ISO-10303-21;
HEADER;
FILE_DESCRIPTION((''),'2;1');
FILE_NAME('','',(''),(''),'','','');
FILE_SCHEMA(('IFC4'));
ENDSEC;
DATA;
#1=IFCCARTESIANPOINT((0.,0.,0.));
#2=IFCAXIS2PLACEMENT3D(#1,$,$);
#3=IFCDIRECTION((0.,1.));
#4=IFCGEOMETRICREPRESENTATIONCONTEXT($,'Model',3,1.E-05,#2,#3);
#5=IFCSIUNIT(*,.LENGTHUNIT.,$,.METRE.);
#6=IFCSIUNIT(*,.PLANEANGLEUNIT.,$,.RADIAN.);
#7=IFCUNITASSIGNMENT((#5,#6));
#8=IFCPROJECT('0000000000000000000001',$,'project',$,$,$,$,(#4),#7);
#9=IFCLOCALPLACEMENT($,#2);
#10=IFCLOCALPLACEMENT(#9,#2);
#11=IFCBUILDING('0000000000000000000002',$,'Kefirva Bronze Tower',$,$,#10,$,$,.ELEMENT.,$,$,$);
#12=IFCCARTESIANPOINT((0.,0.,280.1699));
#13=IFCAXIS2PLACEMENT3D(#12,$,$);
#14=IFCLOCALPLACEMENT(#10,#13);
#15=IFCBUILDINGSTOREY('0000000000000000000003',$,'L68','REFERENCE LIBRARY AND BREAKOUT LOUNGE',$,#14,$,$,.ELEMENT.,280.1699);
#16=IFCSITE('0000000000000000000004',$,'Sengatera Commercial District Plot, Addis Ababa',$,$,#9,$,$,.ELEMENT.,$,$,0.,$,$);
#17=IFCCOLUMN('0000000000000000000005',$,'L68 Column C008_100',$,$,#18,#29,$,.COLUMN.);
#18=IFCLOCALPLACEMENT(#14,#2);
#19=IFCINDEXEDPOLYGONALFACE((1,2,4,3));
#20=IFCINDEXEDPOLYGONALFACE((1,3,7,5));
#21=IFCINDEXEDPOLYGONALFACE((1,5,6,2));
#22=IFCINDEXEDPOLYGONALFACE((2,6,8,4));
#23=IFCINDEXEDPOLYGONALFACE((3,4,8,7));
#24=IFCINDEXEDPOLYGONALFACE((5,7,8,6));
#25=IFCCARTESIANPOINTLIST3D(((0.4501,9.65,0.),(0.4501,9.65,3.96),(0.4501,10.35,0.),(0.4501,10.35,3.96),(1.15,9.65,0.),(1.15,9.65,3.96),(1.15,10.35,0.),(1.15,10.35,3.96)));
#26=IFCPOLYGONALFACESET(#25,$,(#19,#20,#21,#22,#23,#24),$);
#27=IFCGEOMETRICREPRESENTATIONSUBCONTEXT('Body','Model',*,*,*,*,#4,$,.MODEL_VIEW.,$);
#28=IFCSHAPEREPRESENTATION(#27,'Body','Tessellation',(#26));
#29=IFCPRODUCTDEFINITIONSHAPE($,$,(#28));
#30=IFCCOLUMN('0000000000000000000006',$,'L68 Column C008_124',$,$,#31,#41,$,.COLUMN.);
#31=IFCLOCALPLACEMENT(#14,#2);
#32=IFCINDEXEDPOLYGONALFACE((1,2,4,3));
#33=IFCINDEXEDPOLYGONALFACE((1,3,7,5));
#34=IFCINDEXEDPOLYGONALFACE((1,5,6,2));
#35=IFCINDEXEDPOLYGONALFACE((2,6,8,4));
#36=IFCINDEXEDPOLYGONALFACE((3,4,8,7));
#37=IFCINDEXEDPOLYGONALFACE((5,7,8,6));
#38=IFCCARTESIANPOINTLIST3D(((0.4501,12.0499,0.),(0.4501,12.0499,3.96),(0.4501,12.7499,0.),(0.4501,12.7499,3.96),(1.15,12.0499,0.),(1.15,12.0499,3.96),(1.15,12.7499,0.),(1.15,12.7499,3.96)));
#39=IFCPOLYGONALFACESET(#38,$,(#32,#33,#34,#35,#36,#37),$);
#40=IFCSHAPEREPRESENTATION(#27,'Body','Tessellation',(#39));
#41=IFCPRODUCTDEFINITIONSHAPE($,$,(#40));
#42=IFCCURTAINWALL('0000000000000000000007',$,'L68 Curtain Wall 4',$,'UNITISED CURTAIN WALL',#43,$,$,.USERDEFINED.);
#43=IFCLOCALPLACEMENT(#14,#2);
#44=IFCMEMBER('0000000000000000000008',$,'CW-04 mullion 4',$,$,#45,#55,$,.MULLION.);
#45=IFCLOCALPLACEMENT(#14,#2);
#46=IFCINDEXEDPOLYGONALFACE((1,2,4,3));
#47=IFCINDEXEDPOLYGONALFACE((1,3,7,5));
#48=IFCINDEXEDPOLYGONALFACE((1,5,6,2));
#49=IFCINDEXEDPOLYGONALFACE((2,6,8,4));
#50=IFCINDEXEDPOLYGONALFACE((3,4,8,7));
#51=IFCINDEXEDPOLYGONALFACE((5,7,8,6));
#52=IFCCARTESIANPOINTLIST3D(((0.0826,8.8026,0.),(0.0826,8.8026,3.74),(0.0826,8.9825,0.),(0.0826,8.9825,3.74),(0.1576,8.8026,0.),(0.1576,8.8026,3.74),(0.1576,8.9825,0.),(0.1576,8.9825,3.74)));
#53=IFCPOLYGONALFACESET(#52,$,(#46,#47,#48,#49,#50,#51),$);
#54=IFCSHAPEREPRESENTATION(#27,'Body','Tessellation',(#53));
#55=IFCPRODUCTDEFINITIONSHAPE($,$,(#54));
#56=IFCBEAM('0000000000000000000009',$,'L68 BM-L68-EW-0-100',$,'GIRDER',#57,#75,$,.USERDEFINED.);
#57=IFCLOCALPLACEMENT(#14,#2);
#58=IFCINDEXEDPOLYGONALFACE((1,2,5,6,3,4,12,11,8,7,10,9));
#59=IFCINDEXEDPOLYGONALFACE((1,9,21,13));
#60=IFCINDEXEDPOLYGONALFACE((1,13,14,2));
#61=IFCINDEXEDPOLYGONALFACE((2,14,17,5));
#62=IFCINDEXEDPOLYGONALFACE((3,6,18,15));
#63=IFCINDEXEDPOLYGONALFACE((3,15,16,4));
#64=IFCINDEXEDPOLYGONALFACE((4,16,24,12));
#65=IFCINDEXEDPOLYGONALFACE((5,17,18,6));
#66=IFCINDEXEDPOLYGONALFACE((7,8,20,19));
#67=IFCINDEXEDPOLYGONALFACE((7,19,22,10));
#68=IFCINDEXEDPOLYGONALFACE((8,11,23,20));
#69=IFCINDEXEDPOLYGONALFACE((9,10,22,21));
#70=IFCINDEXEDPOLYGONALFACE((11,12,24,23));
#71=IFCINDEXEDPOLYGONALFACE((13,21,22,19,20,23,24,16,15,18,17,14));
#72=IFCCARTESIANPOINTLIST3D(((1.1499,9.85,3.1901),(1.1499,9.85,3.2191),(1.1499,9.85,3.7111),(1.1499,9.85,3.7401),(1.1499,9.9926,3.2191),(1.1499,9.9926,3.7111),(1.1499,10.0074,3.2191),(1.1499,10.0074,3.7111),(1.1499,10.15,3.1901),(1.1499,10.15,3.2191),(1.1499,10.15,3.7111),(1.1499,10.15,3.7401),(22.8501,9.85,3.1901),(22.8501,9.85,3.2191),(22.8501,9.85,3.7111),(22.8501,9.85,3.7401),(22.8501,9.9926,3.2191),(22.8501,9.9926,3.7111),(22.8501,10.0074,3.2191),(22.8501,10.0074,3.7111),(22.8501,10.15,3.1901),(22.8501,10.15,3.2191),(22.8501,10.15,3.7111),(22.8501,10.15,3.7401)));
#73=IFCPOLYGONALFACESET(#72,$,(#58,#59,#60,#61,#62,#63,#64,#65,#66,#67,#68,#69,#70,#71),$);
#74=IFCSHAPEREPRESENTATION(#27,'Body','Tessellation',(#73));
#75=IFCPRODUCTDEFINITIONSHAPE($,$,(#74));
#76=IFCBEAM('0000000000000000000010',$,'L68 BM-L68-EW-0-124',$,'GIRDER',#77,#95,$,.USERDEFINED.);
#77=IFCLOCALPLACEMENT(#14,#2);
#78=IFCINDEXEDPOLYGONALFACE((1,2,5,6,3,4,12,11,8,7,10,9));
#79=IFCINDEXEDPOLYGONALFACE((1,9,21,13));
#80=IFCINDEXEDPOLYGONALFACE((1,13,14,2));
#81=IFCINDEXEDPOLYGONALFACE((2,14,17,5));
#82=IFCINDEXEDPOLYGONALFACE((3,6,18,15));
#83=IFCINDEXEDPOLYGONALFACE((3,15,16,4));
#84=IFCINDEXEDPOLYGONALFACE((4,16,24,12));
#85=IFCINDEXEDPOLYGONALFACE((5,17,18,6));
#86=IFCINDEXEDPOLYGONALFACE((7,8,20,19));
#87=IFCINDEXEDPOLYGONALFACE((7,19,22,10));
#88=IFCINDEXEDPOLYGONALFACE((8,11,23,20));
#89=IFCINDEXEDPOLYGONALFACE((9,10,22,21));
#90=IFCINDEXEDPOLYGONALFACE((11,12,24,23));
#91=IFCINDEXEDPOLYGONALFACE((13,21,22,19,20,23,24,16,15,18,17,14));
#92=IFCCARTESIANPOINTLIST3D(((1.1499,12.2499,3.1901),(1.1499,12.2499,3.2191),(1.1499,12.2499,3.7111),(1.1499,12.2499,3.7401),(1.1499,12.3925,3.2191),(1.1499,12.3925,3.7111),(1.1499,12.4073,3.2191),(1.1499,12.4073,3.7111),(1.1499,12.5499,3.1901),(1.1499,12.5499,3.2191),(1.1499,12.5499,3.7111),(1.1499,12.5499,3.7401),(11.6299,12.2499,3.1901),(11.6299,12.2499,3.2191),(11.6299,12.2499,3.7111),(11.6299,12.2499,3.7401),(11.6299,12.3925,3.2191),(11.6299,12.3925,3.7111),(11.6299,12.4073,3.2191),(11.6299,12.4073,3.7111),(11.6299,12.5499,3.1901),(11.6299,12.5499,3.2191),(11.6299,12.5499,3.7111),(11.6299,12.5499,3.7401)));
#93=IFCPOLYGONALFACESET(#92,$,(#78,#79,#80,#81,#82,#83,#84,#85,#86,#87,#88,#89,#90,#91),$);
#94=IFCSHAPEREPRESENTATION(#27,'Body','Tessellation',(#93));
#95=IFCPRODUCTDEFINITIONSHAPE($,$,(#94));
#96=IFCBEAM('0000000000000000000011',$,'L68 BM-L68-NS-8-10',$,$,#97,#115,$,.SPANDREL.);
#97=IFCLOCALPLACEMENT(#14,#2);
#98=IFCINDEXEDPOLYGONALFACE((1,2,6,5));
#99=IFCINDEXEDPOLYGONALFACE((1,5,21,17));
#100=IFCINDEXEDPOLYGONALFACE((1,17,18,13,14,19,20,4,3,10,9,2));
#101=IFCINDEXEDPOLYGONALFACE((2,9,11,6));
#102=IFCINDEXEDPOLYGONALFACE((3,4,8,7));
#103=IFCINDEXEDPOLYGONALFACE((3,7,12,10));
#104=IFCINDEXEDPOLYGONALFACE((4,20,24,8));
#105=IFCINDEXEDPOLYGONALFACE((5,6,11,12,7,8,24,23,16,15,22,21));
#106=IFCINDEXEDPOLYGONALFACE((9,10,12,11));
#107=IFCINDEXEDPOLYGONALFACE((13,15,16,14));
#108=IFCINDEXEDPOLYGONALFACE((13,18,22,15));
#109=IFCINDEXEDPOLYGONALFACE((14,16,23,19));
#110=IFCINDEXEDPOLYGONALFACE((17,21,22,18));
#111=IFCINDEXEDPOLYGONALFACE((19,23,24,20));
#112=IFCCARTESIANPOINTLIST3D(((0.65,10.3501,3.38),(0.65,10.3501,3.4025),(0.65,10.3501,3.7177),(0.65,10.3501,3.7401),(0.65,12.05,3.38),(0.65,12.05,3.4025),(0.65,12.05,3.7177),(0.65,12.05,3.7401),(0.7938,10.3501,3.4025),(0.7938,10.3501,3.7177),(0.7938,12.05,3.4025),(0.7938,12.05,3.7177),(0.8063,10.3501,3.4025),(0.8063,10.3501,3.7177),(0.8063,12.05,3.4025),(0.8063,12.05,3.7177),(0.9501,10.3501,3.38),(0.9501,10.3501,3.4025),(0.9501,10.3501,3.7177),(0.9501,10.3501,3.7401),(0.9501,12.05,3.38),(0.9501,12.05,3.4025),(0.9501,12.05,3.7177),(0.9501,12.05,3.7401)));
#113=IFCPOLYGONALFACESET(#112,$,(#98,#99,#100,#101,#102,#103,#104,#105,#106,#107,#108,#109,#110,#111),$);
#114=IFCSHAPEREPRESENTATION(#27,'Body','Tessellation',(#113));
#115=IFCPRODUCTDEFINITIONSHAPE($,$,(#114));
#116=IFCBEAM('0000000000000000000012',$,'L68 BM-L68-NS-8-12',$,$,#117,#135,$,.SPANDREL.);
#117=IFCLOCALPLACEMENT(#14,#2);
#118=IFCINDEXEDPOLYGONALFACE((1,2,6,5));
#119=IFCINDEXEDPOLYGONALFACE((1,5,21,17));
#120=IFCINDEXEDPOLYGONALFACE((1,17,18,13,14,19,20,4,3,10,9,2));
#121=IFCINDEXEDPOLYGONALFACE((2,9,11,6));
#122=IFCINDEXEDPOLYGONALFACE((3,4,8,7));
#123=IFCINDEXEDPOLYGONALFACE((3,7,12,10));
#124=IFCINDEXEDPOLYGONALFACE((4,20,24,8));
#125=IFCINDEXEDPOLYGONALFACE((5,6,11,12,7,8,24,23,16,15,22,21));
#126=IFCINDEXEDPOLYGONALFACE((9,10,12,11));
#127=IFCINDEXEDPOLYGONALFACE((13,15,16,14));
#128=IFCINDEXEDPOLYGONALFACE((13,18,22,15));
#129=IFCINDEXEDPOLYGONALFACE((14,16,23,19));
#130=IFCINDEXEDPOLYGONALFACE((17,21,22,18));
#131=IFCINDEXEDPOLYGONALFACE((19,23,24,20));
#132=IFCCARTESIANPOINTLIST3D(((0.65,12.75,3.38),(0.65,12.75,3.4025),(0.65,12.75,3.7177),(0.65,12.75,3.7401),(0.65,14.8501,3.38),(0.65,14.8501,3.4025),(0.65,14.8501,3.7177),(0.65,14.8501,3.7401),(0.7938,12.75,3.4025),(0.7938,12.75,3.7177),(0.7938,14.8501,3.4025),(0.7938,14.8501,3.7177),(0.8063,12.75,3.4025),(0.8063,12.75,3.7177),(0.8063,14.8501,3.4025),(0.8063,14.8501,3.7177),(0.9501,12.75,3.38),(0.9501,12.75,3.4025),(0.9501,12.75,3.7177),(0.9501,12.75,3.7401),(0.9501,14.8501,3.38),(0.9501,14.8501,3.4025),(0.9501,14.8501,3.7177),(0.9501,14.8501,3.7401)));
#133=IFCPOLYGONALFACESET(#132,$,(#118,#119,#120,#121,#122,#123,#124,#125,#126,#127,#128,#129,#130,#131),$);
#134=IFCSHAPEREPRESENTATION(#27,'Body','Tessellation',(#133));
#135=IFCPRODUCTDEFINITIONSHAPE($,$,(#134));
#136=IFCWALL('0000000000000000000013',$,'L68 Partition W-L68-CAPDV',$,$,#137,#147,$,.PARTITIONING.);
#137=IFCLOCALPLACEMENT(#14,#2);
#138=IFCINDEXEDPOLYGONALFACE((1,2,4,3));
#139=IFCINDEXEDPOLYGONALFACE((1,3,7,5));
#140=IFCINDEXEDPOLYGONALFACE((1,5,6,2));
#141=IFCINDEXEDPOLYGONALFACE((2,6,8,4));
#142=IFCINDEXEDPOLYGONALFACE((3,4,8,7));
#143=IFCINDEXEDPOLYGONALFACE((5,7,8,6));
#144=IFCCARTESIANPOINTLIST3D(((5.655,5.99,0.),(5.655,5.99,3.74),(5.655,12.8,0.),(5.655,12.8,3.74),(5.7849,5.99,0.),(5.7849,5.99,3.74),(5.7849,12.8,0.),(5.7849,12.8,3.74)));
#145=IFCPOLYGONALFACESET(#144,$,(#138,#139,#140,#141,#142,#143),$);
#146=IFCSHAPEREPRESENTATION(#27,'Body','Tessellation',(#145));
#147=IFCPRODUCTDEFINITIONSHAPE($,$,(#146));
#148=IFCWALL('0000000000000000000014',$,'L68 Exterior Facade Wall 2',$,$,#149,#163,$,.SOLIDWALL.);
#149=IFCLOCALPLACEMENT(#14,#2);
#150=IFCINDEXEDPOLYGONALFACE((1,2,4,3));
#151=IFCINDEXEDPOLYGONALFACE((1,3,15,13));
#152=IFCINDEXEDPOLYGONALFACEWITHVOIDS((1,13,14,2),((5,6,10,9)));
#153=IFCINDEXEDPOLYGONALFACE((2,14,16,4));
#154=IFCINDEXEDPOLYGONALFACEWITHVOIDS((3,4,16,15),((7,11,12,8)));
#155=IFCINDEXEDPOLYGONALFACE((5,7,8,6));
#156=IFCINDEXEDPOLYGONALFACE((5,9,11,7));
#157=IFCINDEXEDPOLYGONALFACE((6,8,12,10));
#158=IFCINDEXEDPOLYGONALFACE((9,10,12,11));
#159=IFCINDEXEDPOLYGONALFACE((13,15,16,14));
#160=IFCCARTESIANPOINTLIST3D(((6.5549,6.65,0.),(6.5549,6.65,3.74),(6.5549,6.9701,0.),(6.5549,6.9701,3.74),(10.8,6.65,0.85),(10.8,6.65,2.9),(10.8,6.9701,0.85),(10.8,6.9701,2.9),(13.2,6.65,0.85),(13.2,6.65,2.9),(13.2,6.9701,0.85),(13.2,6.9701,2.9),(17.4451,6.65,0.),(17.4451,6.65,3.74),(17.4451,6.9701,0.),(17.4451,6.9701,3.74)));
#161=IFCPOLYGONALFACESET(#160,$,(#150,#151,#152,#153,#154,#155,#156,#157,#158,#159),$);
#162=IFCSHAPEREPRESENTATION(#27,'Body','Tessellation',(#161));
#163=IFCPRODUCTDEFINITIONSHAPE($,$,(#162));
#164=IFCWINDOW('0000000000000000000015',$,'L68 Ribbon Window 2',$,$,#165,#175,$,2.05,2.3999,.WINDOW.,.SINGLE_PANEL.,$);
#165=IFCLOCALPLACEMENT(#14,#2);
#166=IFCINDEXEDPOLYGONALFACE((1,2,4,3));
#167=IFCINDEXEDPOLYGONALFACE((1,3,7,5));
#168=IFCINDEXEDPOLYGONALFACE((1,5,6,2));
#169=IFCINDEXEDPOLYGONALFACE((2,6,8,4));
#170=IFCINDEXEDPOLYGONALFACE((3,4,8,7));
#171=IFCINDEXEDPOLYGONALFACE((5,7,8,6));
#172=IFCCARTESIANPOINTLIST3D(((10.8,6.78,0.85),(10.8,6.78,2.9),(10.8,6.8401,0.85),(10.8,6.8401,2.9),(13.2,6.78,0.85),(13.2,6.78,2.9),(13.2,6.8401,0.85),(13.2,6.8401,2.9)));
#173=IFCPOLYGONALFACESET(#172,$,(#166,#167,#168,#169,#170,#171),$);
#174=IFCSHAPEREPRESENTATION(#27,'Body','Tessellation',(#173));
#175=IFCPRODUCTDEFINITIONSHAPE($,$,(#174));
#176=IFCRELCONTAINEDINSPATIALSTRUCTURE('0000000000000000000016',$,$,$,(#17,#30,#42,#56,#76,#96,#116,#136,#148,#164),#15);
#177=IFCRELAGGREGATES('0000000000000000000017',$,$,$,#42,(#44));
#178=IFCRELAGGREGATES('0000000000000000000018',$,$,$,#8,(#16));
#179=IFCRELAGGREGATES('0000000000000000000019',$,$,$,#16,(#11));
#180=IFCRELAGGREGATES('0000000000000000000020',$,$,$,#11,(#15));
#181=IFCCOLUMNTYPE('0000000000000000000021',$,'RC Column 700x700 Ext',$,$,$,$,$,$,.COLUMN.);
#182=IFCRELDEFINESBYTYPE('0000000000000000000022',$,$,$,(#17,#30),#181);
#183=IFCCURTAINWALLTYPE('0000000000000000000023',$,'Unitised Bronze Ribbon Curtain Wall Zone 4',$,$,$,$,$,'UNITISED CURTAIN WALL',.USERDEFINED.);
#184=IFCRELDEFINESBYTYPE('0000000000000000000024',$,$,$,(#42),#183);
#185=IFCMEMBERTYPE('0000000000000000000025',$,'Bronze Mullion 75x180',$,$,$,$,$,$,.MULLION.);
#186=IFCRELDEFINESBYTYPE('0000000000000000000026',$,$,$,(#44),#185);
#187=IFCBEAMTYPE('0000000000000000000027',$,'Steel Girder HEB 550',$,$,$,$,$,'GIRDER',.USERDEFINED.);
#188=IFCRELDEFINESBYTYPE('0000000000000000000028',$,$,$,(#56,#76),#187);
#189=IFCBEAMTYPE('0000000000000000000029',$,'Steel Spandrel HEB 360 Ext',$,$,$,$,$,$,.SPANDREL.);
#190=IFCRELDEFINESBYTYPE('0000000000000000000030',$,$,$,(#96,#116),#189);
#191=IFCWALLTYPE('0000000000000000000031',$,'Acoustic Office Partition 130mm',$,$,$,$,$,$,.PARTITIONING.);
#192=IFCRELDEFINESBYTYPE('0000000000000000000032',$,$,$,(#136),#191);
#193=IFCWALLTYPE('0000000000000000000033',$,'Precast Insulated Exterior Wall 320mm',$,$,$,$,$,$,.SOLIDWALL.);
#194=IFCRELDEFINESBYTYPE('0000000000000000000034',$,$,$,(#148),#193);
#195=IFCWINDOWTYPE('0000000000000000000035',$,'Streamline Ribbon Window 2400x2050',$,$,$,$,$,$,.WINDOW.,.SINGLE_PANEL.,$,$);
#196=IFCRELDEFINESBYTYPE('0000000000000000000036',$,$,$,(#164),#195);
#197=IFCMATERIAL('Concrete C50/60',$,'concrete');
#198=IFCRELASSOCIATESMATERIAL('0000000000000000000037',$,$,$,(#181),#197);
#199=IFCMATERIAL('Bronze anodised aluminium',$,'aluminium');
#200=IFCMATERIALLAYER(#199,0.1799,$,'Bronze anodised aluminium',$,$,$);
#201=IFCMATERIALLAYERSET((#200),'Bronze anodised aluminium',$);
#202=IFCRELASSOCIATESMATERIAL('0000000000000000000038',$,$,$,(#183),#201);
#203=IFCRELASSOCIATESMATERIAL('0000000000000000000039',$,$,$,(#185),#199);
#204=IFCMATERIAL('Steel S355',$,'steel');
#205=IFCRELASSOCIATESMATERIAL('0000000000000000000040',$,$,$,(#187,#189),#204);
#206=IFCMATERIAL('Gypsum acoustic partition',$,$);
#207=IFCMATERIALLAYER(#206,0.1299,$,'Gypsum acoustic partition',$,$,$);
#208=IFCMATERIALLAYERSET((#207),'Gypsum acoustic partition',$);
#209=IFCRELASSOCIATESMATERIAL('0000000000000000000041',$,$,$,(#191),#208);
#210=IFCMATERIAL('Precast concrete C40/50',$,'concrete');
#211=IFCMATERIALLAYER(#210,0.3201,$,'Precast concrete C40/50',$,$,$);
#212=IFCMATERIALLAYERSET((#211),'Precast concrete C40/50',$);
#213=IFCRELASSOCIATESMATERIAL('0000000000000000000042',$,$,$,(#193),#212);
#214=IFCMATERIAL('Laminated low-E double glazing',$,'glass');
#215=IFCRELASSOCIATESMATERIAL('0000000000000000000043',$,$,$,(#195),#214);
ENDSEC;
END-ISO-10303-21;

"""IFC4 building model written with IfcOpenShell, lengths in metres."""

from ifc_helpers import new_model, si_unit, direction, frame, frame_2d, origin, origin_2d, place, context, subcontext, project, spatial, rectangle, i_section, extrude, material, layer, layer_set, material_profile, profile_set, type_object, element, fill, aggregate, save


model = new_model("IFC4")

# Units and contexts
model_context = context("Model", 3, precision=1e-05, world=origin(), true_north=direction((0.0, 1.0)))
body_context = subcontext(model_context, "Body", "Model", "MODEL_VIEW")
ifc_project = project(units=[si_unit("LENGTHUNIT", "METRE"), si_unit("PLANEANGLEUNIT", "RADIAN")], contexts=[model_context])

# Site, building, storey
site_placement = place(None, origin())
site = spatial("IfcSite", under=ifc_project, at=site_placement, Name="Sengatera Commercial District Plot, Addis Ababa", CompositionType="ELEMENT", RefElevation=0.0)
building_placement = place(site_placement, origin())
building = spatial("IfcBuilding", under=site, at=building_placement, Name="Kefirva Bronze Tower", CompositionType="ELEMENT")
storey_placement = place(building_placement, frame((0.0, 0.0, 280.1699)))
storey = spatial("IfcBuildingStorey", under=building, at=storey_placement, Name="L68", Description="REFERENCE LIBRARY AND BREAKOUT LOUNGE", CompositionType="ELEMENT", Elevation=280.1699)

# Columns
ifc_material_1 = material(Name="Concrete C50/60", Category="concrete")
ifc_material_profile_1 = material_profile(ifc_material_1, rectangle(XDim=0.7, YDim=0.7, at=origin_2d()), Name="RC 700x700")
ifc_profile_set_1 = profile_set([ifc_material_profile_1], Name="Concrete C50/60")
column_type = type_object("IfcColumnType", Name="RC Column 700x700 Ext", PredefinedType="COLUMN", material=ifc_profile_set_1)
for number, where, z_axis, x_axis, name in (
    (1, (0.8, 10.0, 0.0), (0.0, 0.0, 1.0), (1.0, 0.0, 0.0), "L68 Column C008_100"),
    (2, (0.8, 12.3999, 0.0), (0.0, 0.0, 1.0), (1.0, 0.0, 0.0), "L68 Column C008_124"),
):
    element("IfcColumn", number, at=place(storey_placement, frame(where, z_axis=z_axis, x_axis=x_axis)), inside=storey, type_object=column_type, Name=name, PredefinedType="COLUMN", context=body_context, shape_type="SweptSolid", body=[
        extrude(rectangle(XDim=0.7, YDim=0.7, at=origin_2d()), origin(), (0.0, 0.0, 1.0), 3.96),
    ])

# Curtain wall, member
ifc_material_2 = material(Name="Bronze anodised aluminium", Category="aluminium")
ifc_layer_1 = layer(ifc_material_2, 0.1799, Name="Bronze anodised aluminium")
ifc_layer_set_1 = layer_set([ifc_layer_1], Name="Bronze anodised aluminium")
curtain_wall_type = type_object("IfcCurtainWallType", Name="Unitised Bronze Ribbon Curtain Wall Zone 4", ElementType="UNITISED CURTAIN WALL", PredefinedType="USERDEFINED", material=ifc_layer_set_1)
curtain_wall_placement = place(storey_placement, origin())
curtain_wall = element("IfcCurtainWall", 3, at=curtain_wall_placement, inside=storey, type_object=curtain_wall_type, Name="L68 Curtain Wall 4", ObjectType="UNITISED CURTAIN WALL", PredefinedType="USERDEFINED")
ifc_material_profile_2 = material_profile(ifc_material_2, rectangle(XDim=0.075, YDim=0.1799, at=origin_2d()), Name="ALU 75x180")
ifc_profile_set_2 = profile_set([ifc_material_profile_2], Name="Bronze anodised aluminium")
member_type = type_object("IfcMemberType", Name="Bronze Mullion 75x180", PredefinedType="MULLION", material=ifc_profile_set_2)
member_placement = place(storey_placement, frame((0.1201, 8.8926, 0.0), z_axis=(0.0, 0.0, 1.0), x_axis=(1.0, 0.0, 0.0)))
member = element("IfcMember", 4, at=member_placement, type_object=member_type, Name="CW-04 mullion 4", PredefinedType="MULLION", context=body_context, shape_type="SweptSolid", body=[
    extrude(rectangle(XDim=0.075, YDim=0.1799, at=origin_2d()), origin(), (0.0, 0.0, 1.0), 3.74),
])
aggregate(curtain_wall, [member])

# Beams
ifc_material_3 = material(Name="Steel S355", Category="steel")
ifc_material_profile_3 = material_profile(ifc_material_3, i_section(OverallWidth=0.3, OverallDepth=0.55, WebThickness=0.0149, FlangeThickness=0.0291, at=origin_2d()), Name="HEB 550")
ifc_profile_set_3 = profile_set([ifc_material_profile_3], Name="Steel S355")
beam_type_1 = type_object("IfcBeamType", Name="Steel Girder HEB 550", ElementType="GIRDER", PredefinedType="USERDEFINED", material=ifc_profile_set_3)
beam_1_placement = place(storey_placement, frame((1.1499, 10.0, 3.4651), z_axis=(1.0, 0.0, 0.0), x_axis=(0.0, 1.0, 0.0)))
element("IfcBeam", 5, at=beam_1_placement, inside=storey, type_object=beam_type_1, Name="L68 BM-L68-EW-0-100", ObjectType="GIRDER", PredefinedType="USERDEFINED", context=body_context, shape_type="SweptSolid", body=[
    extrude(i_section(OverallWidth=0.3, OverallDepth=0.55, WebThickness=0.0149, FlangeThickness=0.0291, at=origin_2d()), origin(), (0.0, 0.0, 1.0), 21.7002),
])
beam_2_placement = place(storey_placement, frame((1.1499, 12.3999, 3.4651), z_axis=(1.0, 0.0, 0.0), x_axis=(0.0, 1.0, 0.0)))
element("IfcBeam", 6, at=beam_2_placement, inside=storey, type_object=beam_type_1, Name="L68 BM-L68-EW-0-124", ObjectType="GIRDER", PredefinedType="USERDEFINED", context=body_context, shape_type="SweptSolid", body=[
    extrude(i_section(OverallWidth=0.3, OverallDepth=0.55, WebThickness=0.0149, FlangeThickness=0.0291, at=origin_2d()), origin(), (0.0, 0.0, 1.0), 10.48),
])
ifc_material_profile_4 = material_profile(ifc_material_3, i_section(OverallWidth=0.3, OverallDepth=0.3601, WebThickness=0.0125, FlangeThickness=0.0225, at=origin_2d()), Name="HEB 360")
ifc_profile_set_4 = profile_set([ifc_material_profile_4], Name="Steel S355")
beam_type_2 = type_object("IfcBeamType", Name="Steel Spandrel HEB 360 Ext", PredefinedType="SPANDREL", material=ifc_profile_set_4)
beam_3_placement = place(storey_placement, frame((0.8, 10.3501, 3.5601), z_axis=(0.0, 1.0, 0.0), x_axis=(-1.0, 0.0, 0.0)))
element("IfcBeam", 7, at=beam_3_placement, inside=storey, type_object=beam_type_2, Name="L68 BM-L68-NS-8-10", PredefinedType="SPANDREL", context=body_context, shape_type="SweptSolid", body=[
    extrude(i_section(OverallWidth=0.3, OverallDepth=0.3601, WebThickness=0.0125, FlangeThickness=0.0225, at=origin_2d()), origin(), (0.0, 0.0, 1.0), 1.7),
])
beam_4_placement = place(storey_placement, frame((0.8, 12.75, 3.5601), z_axis=(0.0, 1.0, 0.0), x_axis=(-1.0, 0.0, 0.0)))
element("IfcBeam", 8, at=beam_4_placement, inside=storey, type_object=beam_type_2, Name="L68 BM-L68-NS-8-12", PredefinedType="SPANDREL", context=body_context, shape_type="SweptSolid", body=[
    extrude(i_section(OverallWidth=0.3, OverallDepth=0.3601, WebThickness=0.0125, FlangeThickness=0.0225, at=origin_2d()), origin(), (0.0, 0.0, 1.0), 2.1001),
])

# Wall
ifc_material_4 = material(Name="Gypsum acoustic partition")
ifc_layer_2 = layer(ifc_material_4, 0.1299, Name="Gypsum acoustic partition")
ifc_layer_set_2 = layer_set([ifc_layer_2], Name="Gypsum acoustic partition")
wall_type_1 = type_object("IfcWallType", Name="Acoustic Office Partition 130mm", PredefinedType="PARTITIONING", material=ifc_layer_set_2)
wall_1_placement = place(storey_placement, frame((5.72, 5.99, 0.0), z_axis=(0.0, 0.0, 1.0), x_axis=(0.0, 1.0, 0.0)))
element("IfcWall", 9, at=wall_1_placement, inside=storey, type_object=wall_type_1, Name="L68 Partition W-L68-CAPDV", PredefinedType="PARTITIONING", context=body_context, shape_type="SweptSolid", body=[
    extrude(rectangle(XDim=6.8101, YDim=0.1299, at=frame_2d((3.405, 0.0))), origin(), (0.0, 0.0, 1.0), 3.74),
])

# Wall, opening, window
ifc_material_5 = material(Name="Precast concrete C40/50", Category="concrete")
ifc_layer_3 = layer(ifc_material_5, 0.3201, Name="Precast concrete C40/50")
ifc_layer_set_3 = layer_set([ifc_layer_3], Name="Precast concrete C40/50")
wall_type_2 = type_object("IfcWallType", Name="Precast Insulated Exterior Wall 320mm", PredefinedType="SOLIDWALL", material=ifc_layer_set_3)
wall_2_placement = place(storey_placement, frame((6.5549, 6.8101, 0.0), z_axis=(0.0, 0.0, 1.0), x_axis=(1.0, 0.0, 0.0)))
wall_2 = element("IfcWall", 10, at=wall_2_placement, inside=storey, type_object=wall_type_2, Name="L68 Exterior Facade Wall 2", PredefinedType="SOLIDWALL", context=body_context, shape_type="SweptSolid", body=[
    extrude(rectangle(XDim=10.8901, YDim=0.3201, at=frame_2d((5.4451, 0.0))), origin(), (0.0, 0.0, 1.0), 3.74),
])
opening_1_placement = place(wall_2_placement, frame((4.2451, 0.0, 0.8501)))
opening_1 = element("IfcOpeningElement", 11, at=opening_1_placement, cuts=wall_2, PredefinedType="OPENING", context=body_context, shape_type="SweptSolid", body=[
    extrude(rectangle(XDim=2.3999, YDim=2.05, at=frame_2d((1.2, 1.0249))), frame((0.0, 0.1699, 0.0), z_axis=(0.0, -1.0, 0.0), x_axis=(1.0, 0.0, 0.0)), (0.0, 0.0, 1.0), 0.3401),
])
ifc_material_6 = material(Name="Laminated low-E double glazing", Category="glass")
window_type = type_object("IfcWindowType", Name="Streamline Ribbon Window 2400x2050", PartitioningType="SINGLE_PANEL", PredefinedType="WINDOW", material=ifc_material_6)
window_placement = place(opening_1_placement, origin())
window = element("IfcWindow", 12, at=window_placement, inside=storey, type_object=window_type, Name="L68 Ribbon Window 2", OverallHeight=2.05, OverallWidth=2.3999, PartitioningType="SINGLE_PANEL", PredefinedType="WINDOW", context=body_context, shape_type="SweptSolid", body=[
    extrude(rectangle(XDim=2.3999, YDim=2.05, at=frame_2d((1.2, 1.0249))), frame((0.0, 0.03, 0.0), z_axis=(0.0, -1.0, 0.0), x_axis=(1.0, 0.0, 0.0)), (0.0, 0.0, 1.0), 0.0601),
])
fill(opening_1, window)

save(model, "model.ifc")
